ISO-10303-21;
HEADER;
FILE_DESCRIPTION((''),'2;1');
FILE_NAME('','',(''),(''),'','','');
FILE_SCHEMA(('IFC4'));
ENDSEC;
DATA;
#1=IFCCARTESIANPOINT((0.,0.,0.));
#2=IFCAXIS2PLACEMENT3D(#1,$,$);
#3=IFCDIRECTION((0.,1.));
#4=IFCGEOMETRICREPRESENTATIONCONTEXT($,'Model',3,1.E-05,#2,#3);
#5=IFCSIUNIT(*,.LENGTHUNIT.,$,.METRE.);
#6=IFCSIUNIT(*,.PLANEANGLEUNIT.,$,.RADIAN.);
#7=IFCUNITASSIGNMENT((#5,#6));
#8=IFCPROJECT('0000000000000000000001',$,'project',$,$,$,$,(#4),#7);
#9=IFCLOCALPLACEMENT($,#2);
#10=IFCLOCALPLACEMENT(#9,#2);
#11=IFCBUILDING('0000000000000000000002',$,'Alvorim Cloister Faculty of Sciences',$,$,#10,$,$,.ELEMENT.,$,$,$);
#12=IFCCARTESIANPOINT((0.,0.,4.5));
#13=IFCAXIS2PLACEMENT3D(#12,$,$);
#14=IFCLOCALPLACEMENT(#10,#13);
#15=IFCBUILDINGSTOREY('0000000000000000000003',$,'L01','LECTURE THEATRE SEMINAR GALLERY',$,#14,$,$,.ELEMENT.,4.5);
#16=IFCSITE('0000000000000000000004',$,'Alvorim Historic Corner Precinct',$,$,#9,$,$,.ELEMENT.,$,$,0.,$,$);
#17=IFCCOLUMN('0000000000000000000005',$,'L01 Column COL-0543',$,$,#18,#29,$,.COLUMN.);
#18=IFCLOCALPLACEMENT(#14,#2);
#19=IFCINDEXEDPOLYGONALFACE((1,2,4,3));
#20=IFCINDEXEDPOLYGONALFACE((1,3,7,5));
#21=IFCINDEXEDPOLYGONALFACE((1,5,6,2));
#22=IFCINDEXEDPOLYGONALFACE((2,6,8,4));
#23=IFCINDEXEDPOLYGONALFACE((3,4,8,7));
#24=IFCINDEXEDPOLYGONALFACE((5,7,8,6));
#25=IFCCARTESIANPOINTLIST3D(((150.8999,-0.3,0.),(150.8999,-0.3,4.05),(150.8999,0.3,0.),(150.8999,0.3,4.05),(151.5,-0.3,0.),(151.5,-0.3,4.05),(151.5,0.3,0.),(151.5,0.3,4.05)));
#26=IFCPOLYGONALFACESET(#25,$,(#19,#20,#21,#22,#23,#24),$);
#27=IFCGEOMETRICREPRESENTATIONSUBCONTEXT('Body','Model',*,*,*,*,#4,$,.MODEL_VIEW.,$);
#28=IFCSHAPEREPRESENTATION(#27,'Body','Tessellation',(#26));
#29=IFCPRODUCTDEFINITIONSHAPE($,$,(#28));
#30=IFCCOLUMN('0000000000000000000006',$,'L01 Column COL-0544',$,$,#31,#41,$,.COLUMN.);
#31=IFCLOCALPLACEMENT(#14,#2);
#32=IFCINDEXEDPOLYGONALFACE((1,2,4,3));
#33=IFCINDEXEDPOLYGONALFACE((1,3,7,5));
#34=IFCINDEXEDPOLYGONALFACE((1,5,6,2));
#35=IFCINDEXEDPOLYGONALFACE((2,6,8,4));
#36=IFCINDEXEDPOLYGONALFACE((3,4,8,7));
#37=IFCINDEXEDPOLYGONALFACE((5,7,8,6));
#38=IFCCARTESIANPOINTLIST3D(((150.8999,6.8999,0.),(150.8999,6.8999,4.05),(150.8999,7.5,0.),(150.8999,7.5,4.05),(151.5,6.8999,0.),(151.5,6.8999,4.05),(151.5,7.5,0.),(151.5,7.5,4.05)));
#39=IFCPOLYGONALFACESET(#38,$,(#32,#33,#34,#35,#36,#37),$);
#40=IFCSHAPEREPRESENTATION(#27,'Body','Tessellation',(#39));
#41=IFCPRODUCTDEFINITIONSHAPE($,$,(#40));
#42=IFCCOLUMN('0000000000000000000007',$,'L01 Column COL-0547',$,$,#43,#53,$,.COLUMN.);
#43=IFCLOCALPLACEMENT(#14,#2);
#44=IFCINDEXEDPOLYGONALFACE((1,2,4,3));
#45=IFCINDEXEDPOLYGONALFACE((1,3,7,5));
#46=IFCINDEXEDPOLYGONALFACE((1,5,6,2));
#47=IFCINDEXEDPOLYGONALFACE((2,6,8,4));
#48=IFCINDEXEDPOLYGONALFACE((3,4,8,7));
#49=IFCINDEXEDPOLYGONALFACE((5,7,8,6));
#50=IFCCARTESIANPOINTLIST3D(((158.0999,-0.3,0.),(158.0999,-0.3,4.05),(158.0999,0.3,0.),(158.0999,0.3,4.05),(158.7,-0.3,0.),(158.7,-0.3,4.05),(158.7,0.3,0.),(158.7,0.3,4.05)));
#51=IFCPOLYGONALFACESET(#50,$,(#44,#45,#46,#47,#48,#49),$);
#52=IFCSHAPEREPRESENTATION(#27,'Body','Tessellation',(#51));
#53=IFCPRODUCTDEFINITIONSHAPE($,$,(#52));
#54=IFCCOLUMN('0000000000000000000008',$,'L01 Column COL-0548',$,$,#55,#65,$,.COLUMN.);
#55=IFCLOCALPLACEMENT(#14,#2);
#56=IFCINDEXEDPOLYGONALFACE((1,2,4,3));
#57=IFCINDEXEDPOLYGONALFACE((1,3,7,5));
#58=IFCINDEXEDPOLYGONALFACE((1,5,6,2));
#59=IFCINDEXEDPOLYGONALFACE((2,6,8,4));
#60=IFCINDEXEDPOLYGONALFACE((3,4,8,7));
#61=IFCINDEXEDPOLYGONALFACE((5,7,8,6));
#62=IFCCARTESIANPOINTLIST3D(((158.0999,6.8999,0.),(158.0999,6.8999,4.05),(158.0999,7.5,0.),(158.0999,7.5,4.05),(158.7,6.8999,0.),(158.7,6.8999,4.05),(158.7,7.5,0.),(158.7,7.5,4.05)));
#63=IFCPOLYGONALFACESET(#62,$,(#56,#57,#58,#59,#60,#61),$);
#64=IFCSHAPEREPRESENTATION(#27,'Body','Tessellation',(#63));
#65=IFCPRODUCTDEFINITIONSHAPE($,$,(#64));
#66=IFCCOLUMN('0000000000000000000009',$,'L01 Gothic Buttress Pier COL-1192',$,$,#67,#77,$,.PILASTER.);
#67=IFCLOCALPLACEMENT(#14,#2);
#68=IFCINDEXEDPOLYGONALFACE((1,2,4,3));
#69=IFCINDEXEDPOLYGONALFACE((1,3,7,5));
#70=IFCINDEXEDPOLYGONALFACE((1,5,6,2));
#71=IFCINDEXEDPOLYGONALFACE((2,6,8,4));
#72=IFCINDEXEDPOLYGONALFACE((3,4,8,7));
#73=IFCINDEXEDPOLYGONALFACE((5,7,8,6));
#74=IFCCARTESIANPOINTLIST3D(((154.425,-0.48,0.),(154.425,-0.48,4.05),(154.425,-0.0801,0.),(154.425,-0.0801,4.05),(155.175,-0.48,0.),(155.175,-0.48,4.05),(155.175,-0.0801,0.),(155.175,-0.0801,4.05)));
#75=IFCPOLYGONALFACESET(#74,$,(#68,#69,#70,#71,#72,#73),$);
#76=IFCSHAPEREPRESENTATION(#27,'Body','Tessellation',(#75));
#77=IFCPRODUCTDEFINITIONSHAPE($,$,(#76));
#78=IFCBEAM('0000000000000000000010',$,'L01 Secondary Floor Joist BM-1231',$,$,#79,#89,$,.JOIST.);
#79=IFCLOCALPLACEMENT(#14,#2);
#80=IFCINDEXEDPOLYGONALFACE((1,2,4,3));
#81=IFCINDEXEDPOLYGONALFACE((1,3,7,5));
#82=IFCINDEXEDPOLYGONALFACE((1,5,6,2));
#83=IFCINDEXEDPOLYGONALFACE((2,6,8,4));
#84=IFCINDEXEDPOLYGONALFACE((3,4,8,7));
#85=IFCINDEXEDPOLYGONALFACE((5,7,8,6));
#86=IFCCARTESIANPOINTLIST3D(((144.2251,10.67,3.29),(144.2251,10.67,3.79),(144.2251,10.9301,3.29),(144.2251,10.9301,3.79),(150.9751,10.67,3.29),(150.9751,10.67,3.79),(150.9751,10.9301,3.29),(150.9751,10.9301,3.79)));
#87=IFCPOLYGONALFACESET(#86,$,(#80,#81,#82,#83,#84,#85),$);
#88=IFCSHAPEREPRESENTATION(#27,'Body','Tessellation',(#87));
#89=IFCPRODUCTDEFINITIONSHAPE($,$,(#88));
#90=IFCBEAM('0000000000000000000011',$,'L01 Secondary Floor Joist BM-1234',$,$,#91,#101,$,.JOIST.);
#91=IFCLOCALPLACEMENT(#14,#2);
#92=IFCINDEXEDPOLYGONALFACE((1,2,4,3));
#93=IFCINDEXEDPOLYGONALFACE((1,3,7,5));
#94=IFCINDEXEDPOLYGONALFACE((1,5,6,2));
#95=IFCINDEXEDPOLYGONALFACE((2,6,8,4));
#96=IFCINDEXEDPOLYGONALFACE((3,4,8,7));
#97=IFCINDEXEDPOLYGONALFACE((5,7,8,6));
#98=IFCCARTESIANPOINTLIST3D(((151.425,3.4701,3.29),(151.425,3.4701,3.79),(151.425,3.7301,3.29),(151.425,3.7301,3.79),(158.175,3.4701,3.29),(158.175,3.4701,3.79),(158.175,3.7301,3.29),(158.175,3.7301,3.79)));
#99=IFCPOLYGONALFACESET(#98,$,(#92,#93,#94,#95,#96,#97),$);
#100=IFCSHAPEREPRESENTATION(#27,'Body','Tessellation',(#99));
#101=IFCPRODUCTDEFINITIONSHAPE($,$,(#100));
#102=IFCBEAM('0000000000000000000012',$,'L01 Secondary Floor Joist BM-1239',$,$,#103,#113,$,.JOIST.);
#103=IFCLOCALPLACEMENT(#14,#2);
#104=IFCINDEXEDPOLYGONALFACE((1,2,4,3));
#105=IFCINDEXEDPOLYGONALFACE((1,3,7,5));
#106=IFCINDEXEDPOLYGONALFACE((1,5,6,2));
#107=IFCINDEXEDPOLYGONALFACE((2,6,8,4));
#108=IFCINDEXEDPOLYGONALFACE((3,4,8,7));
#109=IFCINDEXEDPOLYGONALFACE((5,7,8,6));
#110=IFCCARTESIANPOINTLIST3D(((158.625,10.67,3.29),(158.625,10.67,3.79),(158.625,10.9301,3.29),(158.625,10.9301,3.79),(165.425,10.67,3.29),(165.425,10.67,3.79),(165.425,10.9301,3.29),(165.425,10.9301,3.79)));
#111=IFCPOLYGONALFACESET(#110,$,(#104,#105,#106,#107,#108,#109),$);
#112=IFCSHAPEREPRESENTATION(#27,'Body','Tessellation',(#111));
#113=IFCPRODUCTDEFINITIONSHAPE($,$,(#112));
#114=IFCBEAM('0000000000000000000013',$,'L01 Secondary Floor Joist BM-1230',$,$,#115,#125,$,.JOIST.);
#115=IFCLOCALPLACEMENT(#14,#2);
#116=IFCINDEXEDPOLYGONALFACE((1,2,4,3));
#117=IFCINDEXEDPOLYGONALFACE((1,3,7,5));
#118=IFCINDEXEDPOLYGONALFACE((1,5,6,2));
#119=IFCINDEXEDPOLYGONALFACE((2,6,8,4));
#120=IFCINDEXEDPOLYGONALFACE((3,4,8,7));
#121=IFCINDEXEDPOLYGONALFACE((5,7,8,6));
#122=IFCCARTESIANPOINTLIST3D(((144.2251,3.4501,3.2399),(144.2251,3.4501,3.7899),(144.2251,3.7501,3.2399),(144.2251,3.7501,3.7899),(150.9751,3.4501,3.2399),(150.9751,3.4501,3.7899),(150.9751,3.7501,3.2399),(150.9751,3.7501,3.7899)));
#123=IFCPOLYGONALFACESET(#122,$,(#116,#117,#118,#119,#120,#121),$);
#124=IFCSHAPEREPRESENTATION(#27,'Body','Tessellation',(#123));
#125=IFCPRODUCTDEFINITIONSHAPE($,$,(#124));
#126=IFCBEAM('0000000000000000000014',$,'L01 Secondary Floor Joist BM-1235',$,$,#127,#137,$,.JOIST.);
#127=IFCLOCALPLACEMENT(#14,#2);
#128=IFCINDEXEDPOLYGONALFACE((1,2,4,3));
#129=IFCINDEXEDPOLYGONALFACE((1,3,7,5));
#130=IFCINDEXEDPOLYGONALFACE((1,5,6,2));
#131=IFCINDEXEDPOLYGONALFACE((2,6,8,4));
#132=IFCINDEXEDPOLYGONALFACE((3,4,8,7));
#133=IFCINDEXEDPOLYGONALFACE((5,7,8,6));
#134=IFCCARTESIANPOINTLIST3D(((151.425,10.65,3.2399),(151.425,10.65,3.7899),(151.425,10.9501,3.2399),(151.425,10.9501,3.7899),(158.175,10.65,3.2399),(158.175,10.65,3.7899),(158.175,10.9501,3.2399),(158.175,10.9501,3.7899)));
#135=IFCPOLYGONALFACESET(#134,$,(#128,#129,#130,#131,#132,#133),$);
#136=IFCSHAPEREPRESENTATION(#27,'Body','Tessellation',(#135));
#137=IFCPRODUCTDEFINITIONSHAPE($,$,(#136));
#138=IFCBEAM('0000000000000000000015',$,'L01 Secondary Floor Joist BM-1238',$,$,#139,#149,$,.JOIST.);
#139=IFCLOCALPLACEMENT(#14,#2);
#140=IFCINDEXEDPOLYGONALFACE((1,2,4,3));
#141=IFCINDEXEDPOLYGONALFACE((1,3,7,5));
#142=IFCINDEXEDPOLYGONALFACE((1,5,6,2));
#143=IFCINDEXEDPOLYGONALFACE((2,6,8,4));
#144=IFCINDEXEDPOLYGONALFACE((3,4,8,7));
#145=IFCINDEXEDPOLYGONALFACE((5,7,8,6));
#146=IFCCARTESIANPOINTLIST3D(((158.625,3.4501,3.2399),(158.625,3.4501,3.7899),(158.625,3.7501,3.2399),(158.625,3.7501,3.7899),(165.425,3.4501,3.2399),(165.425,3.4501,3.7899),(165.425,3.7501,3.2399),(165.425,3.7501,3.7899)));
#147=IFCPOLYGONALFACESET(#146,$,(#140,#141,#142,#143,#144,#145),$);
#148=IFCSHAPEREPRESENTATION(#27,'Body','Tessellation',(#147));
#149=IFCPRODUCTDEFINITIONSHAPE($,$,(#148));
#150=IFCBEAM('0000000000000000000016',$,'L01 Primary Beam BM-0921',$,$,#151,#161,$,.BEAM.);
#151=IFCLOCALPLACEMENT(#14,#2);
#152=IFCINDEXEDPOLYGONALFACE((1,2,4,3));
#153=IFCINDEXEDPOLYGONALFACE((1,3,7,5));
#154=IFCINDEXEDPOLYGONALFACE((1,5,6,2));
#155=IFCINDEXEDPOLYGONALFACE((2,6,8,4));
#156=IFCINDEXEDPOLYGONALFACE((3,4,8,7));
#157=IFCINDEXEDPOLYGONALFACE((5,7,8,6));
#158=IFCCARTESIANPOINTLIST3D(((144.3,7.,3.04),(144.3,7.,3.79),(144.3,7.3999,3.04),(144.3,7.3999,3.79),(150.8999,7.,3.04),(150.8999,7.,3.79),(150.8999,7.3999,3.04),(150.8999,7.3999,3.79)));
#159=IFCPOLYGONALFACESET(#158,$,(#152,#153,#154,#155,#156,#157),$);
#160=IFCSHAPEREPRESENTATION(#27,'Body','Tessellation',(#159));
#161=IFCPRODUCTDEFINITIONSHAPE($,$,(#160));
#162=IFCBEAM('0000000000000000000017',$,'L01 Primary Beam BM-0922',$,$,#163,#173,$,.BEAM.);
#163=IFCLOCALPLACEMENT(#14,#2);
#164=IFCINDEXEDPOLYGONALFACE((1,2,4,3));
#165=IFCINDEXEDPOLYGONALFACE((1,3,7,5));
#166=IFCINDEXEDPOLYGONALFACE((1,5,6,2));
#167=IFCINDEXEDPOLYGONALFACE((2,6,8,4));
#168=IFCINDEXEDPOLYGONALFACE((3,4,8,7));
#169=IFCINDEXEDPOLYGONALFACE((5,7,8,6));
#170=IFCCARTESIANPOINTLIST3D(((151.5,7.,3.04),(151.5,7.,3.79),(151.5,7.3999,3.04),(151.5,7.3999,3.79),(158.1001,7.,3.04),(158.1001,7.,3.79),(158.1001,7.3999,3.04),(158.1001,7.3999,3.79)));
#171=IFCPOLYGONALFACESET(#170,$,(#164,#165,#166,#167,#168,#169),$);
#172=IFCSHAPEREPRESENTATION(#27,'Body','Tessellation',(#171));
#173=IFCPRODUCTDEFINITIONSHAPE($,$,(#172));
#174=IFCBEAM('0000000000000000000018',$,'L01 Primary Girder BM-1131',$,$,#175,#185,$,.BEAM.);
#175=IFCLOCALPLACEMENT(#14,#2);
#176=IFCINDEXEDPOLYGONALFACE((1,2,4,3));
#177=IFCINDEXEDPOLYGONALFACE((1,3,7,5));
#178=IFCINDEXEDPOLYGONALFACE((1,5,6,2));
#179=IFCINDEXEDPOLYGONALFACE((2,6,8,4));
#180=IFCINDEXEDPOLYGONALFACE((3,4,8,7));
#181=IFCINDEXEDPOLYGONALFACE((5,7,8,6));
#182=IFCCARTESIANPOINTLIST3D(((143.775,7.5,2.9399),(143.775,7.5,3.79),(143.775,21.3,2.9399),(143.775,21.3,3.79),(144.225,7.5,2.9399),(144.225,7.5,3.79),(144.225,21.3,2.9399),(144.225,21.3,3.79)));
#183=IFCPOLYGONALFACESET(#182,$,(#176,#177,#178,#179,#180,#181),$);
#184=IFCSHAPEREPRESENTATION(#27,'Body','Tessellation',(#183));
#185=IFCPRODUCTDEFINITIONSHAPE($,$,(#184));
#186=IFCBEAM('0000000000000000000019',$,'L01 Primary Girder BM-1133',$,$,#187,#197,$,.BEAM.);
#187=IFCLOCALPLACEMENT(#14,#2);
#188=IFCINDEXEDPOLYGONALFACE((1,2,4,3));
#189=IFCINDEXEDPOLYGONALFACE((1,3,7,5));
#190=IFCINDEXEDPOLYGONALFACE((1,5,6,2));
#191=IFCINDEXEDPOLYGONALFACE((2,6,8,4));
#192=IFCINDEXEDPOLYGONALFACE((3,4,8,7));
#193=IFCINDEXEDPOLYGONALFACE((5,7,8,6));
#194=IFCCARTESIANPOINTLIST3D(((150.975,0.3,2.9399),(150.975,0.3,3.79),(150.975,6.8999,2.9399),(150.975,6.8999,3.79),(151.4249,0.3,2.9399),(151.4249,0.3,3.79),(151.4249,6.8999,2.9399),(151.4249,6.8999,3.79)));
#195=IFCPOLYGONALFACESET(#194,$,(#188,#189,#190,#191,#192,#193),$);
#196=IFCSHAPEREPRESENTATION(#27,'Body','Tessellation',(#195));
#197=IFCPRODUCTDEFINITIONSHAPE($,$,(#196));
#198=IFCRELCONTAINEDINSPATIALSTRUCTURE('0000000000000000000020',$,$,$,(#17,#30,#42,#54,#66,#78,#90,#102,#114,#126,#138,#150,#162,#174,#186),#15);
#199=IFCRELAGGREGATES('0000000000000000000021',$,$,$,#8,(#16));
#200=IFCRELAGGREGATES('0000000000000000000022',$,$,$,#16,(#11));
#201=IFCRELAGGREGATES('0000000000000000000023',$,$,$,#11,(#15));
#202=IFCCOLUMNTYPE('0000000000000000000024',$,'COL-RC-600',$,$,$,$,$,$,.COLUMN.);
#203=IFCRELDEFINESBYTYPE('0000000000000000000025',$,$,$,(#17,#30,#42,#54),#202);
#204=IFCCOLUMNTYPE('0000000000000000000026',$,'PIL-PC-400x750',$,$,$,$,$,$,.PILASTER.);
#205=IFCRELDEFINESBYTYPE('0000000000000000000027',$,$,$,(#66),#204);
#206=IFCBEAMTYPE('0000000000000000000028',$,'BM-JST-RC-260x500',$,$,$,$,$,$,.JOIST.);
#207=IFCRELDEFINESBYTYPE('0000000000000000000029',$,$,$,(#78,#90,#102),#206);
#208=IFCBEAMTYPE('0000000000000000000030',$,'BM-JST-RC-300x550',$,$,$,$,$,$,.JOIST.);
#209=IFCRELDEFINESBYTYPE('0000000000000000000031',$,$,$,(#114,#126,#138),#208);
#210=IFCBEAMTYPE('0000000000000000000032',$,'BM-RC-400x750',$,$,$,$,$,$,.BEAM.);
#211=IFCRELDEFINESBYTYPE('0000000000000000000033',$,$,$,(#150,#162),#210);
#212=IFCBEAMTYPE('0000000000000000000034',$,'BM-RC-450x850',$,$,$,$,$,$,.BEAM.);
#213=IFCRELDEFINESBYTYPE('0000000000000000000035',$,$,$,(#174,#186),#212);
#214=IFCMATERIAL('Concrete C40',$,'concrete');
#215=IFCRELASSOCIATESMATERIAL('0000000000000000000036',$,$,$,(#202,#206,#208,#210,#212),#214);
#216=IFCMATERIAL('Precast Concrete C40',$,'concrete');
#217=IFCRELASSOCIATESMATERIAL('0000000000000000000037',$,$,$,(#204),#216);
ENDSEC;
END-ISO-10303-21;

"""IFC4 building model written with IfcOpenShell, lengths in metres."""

from ifc_helpers import new_model, si_unit, direction, frame, origin, origin_2d, place, context, subcontext, project, spatial, rectangle, extrude, material, material_profile, profile_set, type_object, element, save


model = new_model("IFC4")

# Units and contexts
model_context = context("Model", 3, precision=1e-05, world=origin(), true_north=direction((0.0, 1.0)))
body_context = subcontext(model_context, "Body", "Model", "MODEL_VIEW")
ifc_project = project(units=[si_unit("LENGTHUNIT", "METRE"), si_unit("PLANEANGLEUNIT", "RADIAN")], contexts=[model_context])

# Site, building, storey
site_placement = place(None, origin())
site = spatial("IfcSite", under=ifc_project, at=site_placement, Name="Alvorim Historic Corner Precinct", CompositionType="ELEMENT", RefElevation=0.0)
building_placement = place(site_placement, origin())
building = spatial("IfcBuilding", under=site, at=building_placement, Name="Alvorim Cloister Faculty of Sciences", CompositionType="ELEMENT")
storey_placement = place(building_placement, frame((0.0, 0.0, 4.5)))
storey = spatial("IfcBuildingStorey", under=building, at=storey_placement, Name="L01", Description="LECTURE THEATRE SEMINAR GALLERY", CompositionType="ELEMENT", Elevation=4.5)

# Columns
ifc_material_1 = material(Name="Concrete C40", Category="concrete")
ifc_material_profile_1 = material_profile(ifc_material_1, rectangle(XDim=0.6001, YDim=0.6001, at=origin_2d()), Name="RC40-COL-600x600")
ifc_profile_set_1 = profile_set([ifc_material_profile_1], Name="Concrete C40")
column_type_1 = type_object("IfcColumnType", Name="COL-RC-600", PredefinedType="COLUMN", material=ifc_profile_set_1)
for number, where, z_axis, x_axis, name in (
    (1, (151.2, 0.0, 0.0), (0.0, 0.0, 1.0), (1.0, 0.0, 0.0), "L01 Column COL-0543"),
    (2, (151.2, 7.2, 0.0), (0.0, 0.0, 1.0), (1.0, 0.0, 0.0), "L01 Column COL-0544"),
    (3, (158.3999, 0.0, 0.0), (0.0, 0.0, 1.0), (1.0, 0.0, 0.0), "L01 Column COL-0547"),
    (4, (158.3999, 7.2, 0.0), (0.0, 0.0, 1.0), (1.0, 0.0, 0.0), "L01 Column COL-0548"),
):
    element("IfcColumn", number, at=place(storey_placement, frame(where, z_axis=z_axis, x_axis=x_axis)), inside=storey, type_object=column_type_1, Name=name, PredefinedType="COLUMN", context=body_context, shape_type="SweptSolid", body=[
        extrude(rectangle(XDim=0.6001, YDim=0.6001, at=origin_2d()), origin(), (0.0, 0.0, 1.0), 4.05),
    ])
ifc_material_2 = material(Name="Precast Concrete C40", Category="concrete")
ifc_material_profile_2 = material_profile(ifc_material_2, rectangle(XDim=0.3999, YDim=0.75, at=origin_2d()), Name="RC40-PIL-400x750")
ifc_profile_set_2 = profile_set([ifc_material_profile_2], Name="Precast Concrete C40")
column_type_2 = type_object("IfcColumnType", Name="PIL-PC-400x750", PredefinedType="PILASTER", material=ifc_profile_set_2)
column_placement = place(storey_placement, frame((154.8, -0.28, 0.0), z_axis=(0.0, 0.0, 1.0), x_axis=(0.0, 1.0, 0.0)))
element("IfcColumn", 5, at=column_placement, inside=storey, type_object=column_type_2, Name="L01 Gothic Buttress Pier COL-1192", PredefinedType="PILASTER", context=body_context, shape_type="SweptSolid", body=[
    extrude(rectangle(XDim=0.3999, YDim=0.75, at=origin_2d()), origin(), (0.0, 0.0, 1.0), 4.05),
])

# Beams
ifc_material_profile_3 = material_profile(ifc_material_1, rectangle(XDim=0.26, YDim=0.5, at=origin_2d()), Name="RC40-JST-260x500")
ifc_profile_set_3 = profile_set([ifc_material_profile_3], Name="Concrete C40")
beam_type_1 = type_object("IfcBeamType", Name="BM-JST-RC-260x500", PredefinedType="JOIST", material=ifc_profile_set_3)
for number, where, z_axis, x_axis, name in (
    (6, (144.2251, 10.8, 3.54), (1.0, 0.0, 0.0), (0.0, 1.0, 0.0), "L01 Secondary Floor Joist BM-1231"),
    (7, (151.425, 3.6001, 3.54), (1.0, 0.0, 0.0), (0.0, 1.0, 0.0), "L01 Secondary Floor Joist BM-1234"),
):
    element("IfcBeam", number, at=place(storey_placement, frame(where, z_axis=z_axis, x_axis=x_axis)), inside=storey, type_object=beam_type_1, Name=name, PredefinedType="JOIST", context=body_context, shape_type="SweptSolid", body=[
        extrude(rectangle(XDim=0.26, YDim=0.5, at=origin_2d()), origin(), (0.0, 0.0, 1.0), 6.75),
    ])
beam_1_placement = place(storey_placement, frame((158.625, 10.8, 3.54), z_axis=(1.0, 0.0, 0.0), x_axis=(0.0, 1.0, 0.0)))
element("IfcBeam", 8, at=beam_1_placement, inside=storey, type_object=beam_type_1, Name="L01 Secondary Floor Joist BM-1239", PredefinedType="JOIST", context=body_context, shape_type="SweptSolid", body=[
    extrude(rectangle(XDim=0.26, YDim=0.5, at=origin_2d()), origin(), (0.0, 0.0, 1.0), 6.8),
])
ifc_material_profile_4 = material_profile(ifc_material_1, rectangle(XDim=0.3, YDim=0.55, at=origin_2d()), Name="RC40-JST-300x550")
ifc_profile_set_4 = profile_set([ifc_material_profile_4], Name="Concrete C40")
beam_type_2 = type_object("IfcBeamType", Name="BM-JST-RC-300x550", PredefinedType="JOIST", material=ifc_profile_set_4)
for number, where, z_axis, x_axis, name in (
    (9, (144.2251, 3.6001, 3.5149), (1.0, 0.0, 0.0), (0.0, 1.0, 0.0), "L01 Secondary Floor Joist BM-1230"),
    (10, (151.425, 10.8, 3.5149), (1.0, 0.0, 0.0), (0.0, 1.0, 0.0), "L01 Secondary Floor Joist BM-1235"),
):
    element("IfcBeam", number, at=place(storey_placement, frame(where, z_axis=z_axis, x_axis=x_axis)), inside=storey, type_object=beam_type_2, Name=name, PredefinedType="JOIST", context=body_context, shape_type="SweptSolid", body=[
        extrude(rectangle(XDim=0.3, YDim=0.55, at=origin_2d()), origin(), (0.0, 0.0, 1.0), 6.75),
    ])
beam_2_placement = place(storey_placement, frame((158.625, 3.6001, 3.5149), z_axis=(1.0, 0.0, 0.0), x_axis=(0.0, 1.0, 0.0)))
element("IfcBeam", 11, at=beam_2_placement, inside=storey, type_object=beam_type_2, Name="L01 Secondary Floor Joist BM-1238", PredefinedType="JOIST", context=body_context, shape_type="SweptSolid", body=[
    extrude(rectangle(XDim=0.3, YDim=0.55, at=origin_2d()), origin(), (0.0, 0.0, 1.0), 6.8),
])
ifc_material_profile_5 = material_profile(ifc_material_1, rectangle(XDim=0.3999, YDim=0.75, at=origin_2d()), Name="RC40-BM-400x750")
ifc_profile_set_5 = profile_set([ifc_material_profile_5], Name="Concrete C40")
beam_type_3 = type_object("IfcBeamType", Name="BM-RC-400x750", PredefinedType="BEAM", material=ifc_profile_set_5)
beam_3_placement = place(storey_placement, frame((144.3, 7.2, 3.415), z_axis=(1.0, 0.0, 0.0), x_axis=(0.0, 1.0, 0.0)))
element("IfcBeam", 12, at=beam_3_placement, inside=storey, type_object=beam_type_3, Name="L01 Primary Beam BM-0921", PredefinedType="BEAM", context=body_context, shape_type="SweptSolid", body=[
    extrude(rectangle(XDim=0.3999, YDim=0.75, at=origin_2d()), origin(), (0.0, 0.0, 1.0), 6.5999),
])
beam_4_placement = place(storey_placement, frame((151.5, 7.2, 3.415), z_axis=(1.0, 0.0, 0.0), x_axis=(0.0, 1.0, 0.0)))
element("IfcBeam", 13, at=beam_4_placement, inside=storey, type_object=beam_type_3, Name="L01 Primary Beam BM-0922", PredefinedType="BEAM", context=body_context, shape_type="SweptSolid", body=[
    extrude(rectangle(XDim=0.3999, YDim=0.75, at=origin_2d()), origin(), (0.0, 0.0, 1.0), 6.6001),
])
ifc_material_profile_6 = material_profile(ifc_material_1, rectangle(XDim=0.45, YDim=0.8501, at=origin_2d()), Name="RC40-BM-450x850")
ifc_profile_set_6 = profile_set([ifc_material_profile_6], Name="Concrete C40")
beam_type_4 = type_object("IfcBeamType", Name="BM-RC-450x850", PredefinedType="BEAM", material=ifc_profile_set_6)
beam_5_placement = place(storey_placement, frame((144.0, 7.5, 3.365), z_axis=(0.0, 1.0, 0.0), x_axis=(-1.0, 0.0, 0.0)))
element("IfcBeam", 14, at=beam_5_placement, inside=storey, type_object=beam_type_4, Name="L01 Primary Girder BM-1131", PredefinedType="BEAM", context=body_context, shape_type="SweptSolid", body=[
    extrude(rectangle(XDim=0.45, YDim=0.8501, at=origin_2d()), origin(), (0.0, 0.0, 1.0), 13.8),
])
beam_6_placement = place(storey_placement, frame((151.2, 0.3, 3.365), z_axis=(0.0, 1.0, 0.0), x_axis=(-1.0, 0.0, 0.0)))
element("IfcBeam", 15, at=beam_6_placement, inside=storey, type_object=beam_type_4, Name="L01 Primary Girder BM-1133", PredefinedType="BEAM", context=body_context, shape_type="SweptSolid", body=[
    extrude(rectangle(XDim=0.45, YDim=0.8501, at=origin_2d()), origin(), (0.0, 0.0, 1.0), 6.5999),
])

save(model, "model.ifc")
